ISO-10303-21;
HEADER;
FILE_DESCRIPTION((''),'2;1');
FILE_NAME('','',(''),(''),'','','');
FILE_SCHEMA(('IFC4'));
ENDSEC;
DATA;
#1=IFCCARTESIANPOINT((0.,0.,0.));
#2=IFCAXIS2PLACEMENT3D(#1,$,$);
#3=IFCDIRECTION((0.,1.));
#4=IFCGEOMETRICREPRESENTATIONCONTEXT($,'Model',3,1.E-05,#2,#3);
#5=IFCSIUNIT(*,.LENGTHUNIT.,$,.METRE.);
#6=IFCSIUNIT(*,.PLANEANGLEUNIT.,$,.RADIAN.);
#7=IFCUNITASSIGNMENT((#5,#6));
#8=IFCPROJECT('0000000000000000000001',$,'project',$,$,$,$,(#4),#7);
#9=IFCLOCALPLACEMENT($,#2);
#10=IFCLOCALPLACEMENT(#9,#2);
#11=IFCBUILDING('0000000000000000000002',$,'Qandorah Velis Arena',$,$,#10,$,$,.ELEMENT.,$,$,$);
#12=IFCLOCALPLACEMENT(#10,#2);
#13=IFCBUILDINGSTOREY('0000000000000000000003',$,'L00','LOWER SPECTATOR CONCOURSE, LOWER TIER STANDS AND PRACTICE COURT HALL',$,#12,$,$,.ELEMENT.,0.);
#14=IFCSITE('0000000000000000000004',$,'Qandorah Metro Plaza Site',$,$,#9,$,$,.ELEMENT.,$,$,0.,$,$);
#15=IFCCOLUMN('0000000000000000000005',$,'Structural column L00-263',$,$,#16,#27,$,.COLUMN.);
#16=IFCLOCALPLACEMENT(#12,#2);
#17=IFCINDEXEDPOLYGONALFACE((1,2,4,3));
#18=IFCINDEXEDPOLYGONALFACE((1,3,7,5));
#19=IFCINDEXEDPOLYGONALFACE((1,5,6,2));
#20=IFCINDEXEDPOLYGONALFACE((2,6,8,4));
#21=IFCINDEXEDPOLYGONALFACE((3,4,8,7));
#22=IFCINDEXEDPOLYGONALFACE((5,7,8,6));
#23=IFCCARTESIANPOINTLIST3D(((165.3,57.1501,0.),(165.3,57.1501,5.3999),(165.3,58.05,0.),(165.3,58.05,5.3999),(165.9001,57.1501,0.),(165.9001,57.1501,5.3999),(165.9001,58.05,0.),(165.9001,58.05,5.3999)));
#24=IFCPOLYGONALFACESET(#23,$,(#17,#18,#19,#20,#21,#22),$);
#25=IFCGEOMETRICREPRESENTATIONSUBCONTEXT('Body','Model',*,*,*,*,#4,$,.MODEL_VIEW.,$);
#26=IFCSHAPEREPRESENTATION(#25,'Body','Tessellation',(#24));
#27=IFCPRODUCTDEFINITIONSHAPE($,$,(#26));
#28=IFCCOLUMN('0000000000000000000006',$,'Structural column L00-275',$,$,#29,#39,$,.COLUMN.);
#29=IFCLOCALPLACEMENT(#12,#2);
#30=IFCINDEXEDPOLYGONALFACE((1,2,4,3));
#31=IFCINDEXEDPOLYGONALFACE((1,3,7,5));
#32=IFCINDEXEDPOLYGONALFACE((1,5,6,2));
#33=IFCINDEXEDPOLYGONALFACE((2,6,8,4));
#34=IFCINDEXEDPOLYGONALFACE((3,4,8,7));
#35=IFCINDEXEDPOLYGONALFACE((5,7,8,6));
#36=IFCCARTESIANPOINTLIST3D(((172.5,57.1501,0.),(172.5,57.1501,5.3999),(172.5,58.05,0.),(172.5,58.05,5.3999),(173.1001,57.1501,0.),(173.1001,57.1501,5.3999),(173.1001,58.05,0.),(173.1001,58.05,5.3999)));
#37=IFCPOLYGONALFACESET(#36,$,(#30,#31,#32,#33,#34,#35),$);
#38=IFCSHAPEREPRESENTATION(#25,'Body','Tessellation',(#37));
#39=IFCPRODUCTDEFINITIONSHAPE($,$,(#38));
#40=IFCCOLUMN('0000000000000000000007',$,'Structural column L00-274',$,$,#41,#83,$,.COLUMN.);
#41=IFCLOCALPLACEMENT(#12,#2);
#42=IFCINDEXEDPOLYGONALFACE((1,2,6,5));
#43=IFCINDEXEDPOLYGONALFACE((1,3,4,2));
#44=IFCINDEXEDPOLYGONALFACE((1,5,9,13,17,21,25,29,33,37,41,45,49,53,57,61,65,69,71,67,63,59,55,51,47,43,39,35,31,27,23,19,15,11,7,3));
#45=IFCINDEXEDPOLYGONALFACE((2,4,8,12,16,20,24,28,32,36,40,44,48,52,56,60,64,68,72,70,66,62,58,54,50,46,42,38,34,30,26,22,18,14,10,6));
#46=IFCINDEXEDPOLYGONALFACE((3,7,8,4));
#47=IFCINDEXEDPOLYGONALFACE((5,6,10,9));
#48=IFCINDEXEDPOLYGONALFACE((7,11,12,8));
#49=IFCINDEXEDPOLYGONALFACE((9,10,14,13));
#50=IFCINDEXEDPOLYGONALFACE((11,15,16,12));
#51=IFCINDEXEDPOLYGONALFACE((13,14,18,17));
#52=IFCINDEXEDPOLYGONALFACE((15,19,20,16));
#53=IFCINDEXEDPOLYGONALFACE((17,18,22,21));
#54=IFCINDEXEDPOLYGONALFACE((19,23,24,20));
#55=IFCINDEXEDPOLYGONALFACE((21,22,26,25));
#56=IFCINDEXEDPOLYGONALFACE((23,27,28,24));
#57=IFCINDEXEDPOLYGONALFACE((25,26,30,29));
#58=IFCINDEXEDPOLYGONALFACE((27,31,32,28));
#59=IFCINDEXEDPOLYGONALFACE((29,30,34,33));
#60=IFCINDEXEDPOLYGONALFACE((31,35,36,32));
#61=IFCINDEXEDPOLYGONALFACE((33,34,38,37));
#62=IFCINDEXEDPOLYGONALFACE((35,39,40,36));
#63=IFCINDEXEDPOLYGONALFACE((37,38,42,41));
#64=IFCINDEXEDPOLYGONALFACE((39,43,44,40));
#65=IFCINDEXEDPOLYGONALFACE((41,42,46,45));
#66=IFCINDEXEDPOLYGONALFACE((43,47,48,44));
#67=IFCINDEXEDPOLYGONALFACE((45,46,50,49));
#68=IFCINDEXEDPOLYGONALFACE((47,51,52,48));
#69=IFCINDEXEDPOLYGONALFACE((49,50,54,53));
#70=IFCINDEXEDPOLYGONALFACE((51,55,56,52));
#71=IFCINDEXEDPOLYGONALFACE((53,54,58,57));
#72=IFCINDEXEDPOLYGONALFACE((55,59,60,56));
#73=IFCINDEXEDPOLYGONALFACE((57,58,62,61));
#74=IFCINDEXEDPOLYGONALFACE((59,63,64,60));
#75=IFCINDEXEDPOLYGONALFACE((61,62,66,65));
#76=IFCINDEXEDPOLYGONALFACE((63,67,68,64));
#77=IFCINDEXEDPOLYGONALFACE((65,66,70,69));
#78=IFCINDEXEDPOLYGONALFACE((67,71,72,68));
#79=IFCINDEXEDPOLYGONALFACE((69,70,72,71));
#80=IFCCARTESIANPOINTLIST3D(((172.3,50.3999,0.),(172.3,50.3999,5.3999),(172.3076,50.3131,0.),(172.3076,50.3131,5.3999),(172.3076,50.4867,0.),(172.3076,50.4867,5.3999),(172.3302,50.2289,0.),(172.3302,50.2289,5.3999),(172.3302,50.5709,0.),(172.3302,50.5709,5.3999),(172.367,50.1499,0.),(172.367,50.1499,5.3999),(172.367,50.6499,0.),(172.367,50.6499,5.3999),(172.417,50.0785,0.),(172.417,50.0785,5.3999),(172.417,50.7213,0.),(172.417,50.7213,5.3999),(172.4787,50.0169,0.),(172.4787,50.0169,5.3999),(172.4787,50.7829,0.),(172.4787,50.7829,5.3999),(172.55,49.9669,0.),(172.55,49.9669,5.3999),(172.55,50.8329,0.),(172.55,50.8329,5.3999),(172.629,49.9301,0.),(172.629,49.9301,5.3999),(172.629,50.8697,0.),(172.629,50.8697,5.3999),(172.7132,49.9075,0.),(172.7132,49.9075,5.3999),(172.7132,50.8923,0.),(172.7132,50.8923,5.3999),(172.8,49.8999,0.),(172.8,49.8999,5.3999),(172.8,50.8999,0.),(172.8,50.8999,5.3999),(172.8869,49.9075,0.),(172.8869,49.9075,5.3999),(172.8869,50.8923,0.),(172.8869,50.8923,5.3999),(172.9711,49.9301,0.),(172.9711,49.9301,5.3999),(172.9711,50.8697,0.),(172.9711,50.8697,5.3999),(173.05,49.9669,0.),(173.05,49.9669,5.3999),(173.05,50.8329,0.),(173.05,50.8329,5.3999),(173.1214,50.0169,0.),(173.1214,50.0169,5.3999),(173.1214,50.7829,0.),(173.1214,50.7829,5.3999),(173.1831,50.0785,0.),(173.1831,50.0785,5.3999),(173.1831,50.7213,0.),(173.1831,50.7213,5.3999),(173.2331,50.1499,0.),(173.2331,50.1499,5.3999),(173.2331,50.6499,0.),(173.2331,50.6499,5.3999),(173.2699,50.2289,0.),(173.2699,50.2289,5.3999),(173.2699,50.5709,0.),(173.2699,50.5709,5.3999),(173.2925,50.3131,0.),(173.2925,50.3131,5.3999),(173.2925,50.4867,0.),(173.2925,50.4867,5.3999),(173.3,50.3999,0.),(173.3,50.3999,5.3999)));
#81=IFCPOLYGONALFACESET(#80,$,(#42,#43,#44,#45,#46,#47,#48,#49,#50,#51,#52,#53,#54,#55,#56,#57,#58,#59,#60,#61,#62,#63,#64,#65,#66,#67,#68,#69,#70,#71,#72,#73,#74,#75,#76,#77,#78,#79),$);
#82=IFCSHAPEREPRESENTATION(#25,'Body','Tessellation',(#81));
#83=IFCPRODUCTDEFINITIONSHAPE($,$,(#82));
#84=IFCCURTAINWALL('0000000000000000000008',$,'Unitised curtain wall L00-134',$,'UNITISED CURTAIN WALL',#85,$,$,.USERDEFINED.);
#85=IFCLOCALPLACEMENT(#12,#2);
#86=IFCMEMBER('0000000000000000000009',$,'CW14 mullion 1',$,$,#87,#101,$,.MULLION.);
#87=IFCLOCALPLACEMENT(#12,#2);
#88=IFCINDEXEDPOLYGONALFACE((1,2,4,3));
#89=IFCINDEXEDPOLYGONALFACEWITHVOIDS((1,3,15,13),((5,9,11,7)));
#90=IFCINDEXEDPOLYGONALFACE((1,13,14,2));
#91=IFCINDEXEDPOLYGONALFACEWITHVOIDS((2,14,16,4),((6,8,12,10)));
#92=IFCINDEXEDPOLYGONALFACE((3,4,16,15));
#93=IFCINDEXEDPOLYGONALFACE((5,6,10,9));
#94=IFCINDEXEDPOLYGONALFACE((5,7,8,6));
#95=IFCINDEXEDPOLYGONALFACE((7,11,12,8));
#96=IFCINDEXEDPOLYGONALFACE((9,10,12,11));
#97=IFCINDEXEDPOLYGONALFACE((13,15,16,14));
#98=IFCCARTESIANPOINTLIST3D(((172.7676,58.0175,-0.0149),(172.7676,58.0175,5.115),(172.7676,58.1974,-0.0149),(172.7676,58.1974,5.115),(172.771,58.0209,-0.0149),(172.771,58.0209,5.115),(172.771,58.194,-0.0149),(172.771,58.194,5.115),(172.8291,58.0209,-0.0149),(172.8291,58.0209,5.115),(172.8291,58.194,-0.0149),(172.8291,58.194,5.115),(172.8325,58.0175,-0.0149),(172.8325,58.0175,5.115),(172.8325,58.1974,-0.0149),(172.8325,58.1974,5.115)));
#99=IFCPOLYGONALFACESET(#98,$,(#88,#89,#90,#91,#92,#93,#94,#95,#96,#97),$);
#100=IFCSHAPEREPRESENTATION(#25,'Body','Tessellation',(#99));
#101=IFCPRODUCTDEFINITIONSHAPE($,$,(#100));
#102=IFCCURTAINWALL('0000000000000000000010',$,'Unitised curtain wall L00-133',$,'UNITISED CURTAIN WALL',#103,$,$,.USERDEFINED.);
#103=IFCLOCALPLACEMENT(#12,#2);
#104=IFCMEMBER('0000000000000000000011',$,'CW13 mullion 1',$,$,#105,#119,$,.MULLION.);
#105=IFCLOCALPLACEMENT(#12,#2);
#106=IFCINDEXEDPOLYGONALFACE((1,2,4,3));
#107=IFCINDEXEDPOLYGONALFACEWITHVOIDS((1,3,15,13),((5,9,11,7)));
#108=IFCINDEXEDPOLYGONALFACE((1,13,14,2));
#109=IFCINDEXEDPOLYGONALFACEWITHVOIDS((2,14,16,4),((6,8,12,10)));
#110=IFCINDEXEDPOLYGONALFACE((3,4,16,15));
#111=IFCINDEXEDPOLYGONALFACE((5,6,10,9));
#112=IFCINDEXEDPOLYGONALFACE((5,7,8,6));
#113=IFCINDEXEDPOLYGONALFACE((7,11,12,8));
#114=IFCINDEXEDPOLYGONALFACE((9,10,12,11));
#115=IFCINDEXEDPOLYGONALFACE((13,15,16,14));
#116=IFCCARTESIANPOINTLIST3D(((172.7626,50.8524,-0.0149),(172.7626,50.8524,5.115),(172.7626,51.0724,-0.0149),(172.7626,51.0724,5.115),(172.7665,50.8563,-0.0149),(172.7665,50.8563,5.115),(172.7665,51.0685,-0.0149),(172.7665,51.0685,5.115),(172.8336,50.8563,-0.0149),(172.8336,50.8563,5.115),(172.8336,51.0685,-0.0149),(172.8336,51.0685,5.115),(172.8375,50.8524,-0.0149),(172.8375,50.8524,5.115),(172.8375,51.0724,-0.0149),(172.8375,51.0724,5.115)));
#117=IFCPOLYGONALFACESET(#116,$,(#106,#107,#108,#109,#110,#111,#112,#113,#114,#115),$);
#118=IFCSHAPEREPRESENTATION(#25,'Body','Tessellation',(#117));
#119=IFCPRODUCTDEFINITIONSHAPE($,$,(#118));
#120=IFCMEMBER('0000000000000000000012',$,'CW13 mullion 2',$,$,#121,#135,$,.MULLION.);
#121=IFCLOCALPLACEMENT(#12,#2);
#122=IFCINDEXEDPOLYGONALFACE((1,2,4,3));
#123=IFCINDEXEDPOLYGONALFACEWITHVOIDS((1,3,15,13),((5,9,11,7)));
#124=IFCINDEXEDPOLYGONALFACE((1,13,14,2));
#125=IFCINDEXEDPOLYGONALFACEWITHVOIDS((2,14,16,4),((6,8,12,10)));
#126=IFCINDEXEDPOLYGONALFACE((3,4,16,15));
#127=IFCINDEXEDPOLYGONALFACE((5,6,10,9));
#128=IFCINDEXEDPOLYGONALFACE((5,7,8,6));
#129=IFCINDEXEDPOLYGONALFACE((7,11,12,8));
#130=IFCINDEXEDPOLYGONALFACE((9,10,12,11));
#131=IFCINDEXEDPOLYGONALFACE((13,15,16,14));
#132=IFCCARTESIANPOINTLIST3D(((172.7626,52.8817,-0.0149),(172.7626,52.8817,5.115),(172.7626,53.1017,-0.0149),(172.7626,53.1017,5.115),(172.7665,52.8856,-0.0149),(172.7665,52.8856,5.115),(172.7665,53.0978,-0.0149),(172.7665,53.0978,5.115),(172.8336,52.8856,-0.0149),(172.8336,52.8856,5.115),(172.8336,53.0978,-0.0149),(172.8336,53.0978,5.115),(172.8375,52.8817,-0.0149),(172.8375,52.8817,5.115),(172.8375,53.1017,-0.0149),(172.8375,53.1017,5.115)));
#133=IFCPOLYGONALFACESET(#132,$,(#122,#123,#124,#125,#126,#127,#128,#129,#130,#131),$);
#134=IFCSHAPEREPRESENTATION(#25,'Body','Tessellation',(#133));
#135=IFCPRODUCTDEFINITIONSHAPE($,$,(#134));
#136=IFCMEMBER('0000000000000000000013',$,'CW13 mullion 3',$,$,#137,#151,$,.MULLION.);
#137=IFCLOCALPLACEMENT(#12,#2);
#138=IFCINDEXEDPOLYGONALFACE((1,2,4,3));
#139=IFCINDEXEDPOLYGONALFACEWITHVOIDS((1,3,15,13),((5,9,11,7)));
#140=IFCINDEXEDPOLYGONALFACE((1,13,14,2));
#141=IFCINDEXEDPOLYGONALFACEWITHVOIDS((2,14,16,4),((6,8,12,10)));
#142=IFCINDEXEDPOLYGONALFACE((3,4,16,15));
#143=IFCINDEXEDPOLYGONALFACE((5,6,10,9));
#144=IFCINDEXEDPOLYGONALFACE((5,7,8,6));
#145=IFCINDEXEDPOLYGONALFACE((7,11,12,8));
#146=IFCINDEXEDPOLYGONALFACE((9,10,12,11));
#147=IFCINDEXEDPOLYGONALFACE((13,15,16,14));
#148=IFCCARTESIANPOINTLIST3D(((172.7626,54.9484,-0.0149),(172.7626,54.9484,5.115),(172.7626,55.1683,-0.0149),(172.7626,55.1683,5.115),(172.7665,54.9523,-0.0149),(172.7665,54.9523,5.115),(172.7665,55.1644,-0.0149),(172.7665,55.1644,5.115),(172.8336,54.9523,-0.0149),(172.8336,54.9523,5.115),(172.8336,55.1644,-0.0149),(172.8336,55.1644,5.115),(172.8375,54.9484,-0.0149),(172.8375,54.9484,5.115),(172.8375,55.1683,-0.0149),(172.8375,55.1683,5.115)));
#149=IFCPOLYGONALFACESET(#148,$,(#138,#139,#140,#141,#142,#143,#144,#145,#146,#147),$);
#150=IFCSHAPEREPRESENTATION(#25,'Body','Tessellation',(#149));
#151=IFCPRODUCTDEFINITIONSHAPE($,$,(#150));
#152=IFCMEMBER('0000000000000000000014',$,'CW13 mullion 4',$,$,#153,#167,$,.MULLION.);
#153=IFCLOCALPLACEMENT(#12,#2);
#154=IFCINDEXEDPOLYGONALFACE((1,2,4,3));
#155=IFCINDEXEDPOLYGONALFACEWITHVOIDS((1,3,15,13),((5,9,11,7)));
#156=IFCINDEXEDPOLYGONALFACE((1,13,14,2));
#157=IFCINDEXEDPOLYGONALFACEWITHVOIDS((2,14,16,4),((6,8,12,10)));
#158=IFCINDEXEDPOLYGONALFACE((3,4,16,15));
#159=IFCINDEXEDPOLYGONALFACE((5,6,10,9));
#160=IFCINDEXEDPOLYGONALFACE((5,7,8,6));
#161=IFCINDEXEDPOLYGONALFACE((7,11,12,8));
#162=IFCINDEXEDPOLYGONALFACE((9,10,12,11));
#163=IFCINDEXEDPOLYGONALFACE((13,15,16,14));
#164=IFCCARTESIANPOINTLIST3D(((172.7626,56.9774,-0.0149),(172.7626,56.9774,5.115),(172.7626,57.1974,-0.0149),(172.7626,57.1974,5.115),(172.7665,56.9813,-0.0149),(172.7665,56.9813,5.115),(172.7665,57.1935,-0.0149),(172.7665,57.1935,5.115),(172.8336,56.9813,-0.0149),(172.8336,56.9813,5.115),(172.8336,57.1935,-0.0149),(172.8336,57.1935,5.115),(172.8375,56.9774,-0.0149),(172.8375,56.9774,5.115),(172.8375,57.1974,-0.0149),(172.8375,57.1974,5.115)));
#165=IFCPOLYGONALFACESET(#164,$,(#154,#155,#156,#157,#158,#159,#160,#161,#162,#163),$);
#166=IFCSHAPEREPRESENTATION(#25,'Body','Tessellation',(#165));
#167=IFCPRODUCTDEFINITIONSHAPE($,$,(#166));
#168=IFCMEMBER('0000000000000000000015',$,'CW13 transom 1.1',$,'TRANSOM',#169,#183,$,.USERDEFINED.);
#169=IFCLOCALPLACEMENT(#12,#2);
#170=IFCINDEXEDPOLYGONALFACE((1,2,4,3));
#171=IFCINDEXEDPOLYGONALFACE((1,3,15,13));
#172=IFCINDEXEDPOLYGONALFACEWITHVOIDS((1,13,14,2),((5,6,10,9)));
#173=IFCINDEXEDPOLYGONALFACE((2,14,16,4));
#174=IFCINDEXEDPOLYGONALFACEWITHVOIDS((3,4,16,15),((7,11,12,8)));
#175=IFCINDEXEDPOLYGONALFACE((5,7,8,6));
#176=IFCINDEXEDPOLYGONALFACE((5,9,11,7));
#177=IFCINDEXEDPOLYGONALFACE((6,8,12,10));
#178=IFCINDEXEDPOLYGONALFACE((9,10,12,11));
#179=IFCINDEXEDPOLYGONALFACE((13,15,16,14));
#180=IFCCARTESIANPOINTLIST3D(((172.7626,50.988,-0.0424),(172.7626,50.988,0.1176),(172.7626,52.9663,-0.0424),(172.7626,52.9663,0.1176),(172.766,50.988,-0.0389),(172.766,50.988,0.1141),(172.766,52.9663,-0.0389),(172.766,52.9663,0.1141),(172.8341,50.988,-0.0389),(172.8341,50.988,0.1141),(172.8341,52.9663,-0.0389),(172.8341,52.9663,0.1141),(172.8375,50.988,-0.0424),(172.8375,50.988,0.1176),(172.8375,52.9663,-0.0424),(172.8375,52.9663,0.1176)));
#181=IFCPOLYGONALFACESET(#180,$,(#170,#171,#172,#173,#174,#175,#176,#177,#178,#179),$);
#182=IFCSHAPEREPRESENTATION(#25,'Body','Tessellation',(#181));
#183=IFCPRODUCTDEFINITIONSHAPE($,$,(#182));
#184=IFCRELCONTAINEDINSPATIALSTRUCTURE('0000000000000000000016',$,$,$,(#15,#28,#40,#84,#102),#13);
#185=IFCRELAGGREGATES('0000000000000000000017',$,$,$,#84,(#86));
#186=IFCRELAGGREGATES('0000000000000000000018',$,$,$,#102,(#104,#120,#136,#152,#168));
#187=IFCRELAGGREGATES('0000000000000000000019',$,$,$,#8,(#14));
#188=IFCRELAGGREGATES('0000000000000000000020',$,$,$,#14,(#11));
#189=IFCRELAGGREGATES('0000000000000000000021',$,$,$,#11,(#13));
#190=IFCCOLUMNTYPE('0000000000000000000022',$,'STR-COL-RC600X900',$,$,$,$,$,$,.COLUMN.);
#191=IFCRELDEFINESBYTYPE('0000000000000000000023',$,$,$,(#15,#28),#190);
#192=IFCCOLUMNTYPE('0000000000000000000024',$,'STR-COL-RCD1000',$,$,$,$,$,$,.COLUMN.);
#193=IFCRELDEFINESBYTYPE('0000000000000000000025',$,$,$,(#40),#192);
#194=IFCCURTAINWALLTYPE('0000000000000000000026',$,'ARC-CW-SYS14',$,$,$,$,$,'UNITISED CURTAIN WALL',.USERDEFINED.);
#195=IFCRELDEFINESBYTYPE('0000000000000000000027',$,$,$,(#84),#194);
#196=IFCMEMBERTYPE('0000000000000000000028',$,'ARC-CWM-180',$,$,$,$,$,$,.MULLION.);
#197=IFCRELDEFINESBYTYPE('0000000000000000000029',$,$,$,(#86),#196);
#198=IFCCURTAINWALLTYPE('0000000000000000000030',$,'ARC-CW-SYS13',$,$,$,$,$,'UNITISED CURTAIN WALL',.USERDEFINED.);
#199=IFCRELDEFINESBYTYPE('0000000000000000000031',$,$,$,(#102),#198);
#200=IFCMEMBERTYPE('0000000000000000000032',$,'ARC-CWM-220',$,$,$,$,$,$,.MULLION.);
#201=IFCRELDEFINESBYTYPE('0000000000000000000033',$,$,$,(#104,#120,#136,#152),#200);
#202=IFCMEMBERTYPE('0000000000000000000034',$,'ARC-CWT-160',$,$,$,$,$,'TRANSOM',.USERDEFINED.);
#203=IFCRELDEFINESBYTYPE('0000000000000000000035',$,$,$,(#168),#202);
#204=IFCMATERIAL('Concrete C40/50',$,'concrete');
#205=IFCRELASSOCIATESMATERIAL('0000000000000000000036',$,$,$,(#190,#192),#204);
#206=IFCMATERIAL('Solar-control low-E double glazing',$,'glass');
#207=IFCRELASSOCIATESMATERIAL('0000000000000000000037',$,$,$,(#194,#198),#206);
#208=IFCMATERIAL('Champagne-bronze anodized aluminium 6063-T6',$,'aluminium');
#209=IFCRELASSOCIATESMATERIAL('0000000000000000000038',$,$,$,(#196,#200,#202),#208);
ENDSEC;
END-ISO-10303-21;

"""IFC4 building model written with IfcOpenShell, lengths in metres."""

from ifc_helpers import new_model, si_unit, direction, frame, origin, origin_2d, place, context, subcontext, project, spatial, rectangle, hollow_rectangle, circle, extrude, material, material_profile, profile_set, type_object, element, aggregate, save


model = new_model("IFC4")

# Units and contexts
model_context = context("Model", 3, precision=1e-05, world=origin(), true_north=direction((0.0, 1.0)))
body_context = subcontext(model_context, "Body", "Model", "MODEL_VIEW")
ifc_project = project(units=[si_unit("LENGTHUNIT", "METRE"), si_unit("PLANEANGLEUNIT", "RADIAN")], contexts=[model_context])

# Site, building, storey
site_placement = place(None, origin())
site = spatial("IfcSite", under=ifc_project, at=site_placement, Name="Qandorah Metro Plaza Site", CompositionType="ELEMENT", RefElevation=0.0)
building_placement = place(site_placement, origin())
building = spatial("IfcBuilding", under=site, at=building_placement, Name="Qandorah Velis Arena", CompositionType="ELEMENT")
storey_placement = place(building_placement, origin())
storey = spatial("IfcBuildingStorey", under=building, at=storey_placement, Name="L00", Description="LOWER SPECTATOR CONCOURSE, LOWER TIER STANDS AND PRACTICE COURT HALL", CompositionType="ELEMENT", Elevation=0.0)

# Columns
ifc_material_1 = material(Name="Concrete C40/50", Category="concrete")
ifc_material_profile_1 = material_profile(ifc_material_1, rectangle(XDim=0.6001, YDim=0.8999, at=origin_2d()), Name="RC COL 600x900")
ifc_profile_set_1 = profile_set([ifc_material_profile_1], Name="Concrete C40/50")
column_type_1 = type_object("IfcColumnType", Name="STR-COL-RC600X900", PredefinedType="COLUMN", material=ifc_profile_set_1)
for number, where, z_axis, x_axis, name in (
    (1, (165.6001, 57.6001, 0.0), (0.0, 0.0, 1.0), (1.0, 0.0, 0.0), "Structural column L00-263"),
    (2, (172.8, 57.6001, 0.0), (0.0, 0.0, 1.0), (1.0, 0.0, 0.0), "Structural column L00-275"),
):
    element("IfcColumn", number, at=place(storey_placement, frame(where, z_axis=z_axis, x_axis=x_axis)), inside=storey, type_object=column_type_1, Name=name, PredefinedType="COLUMN", context=body_context, shape_type="SweptSolid", body=[
        extrude(rectangle(XDim=0.6001, YDim=0.8999, at=origin_2d()), origin(), (0.0, 0.0, 1.0), 5.3999),
    ])
ifc_material_profile_2 = material_profile(ifc_material_1, circle(Radius=0.5, at=origin_2d()), Name="RC D1000")
ifc_profile_set_2 = profile_set([ifc_material_profile_2], Name="Concrete C40/50")
column_type_2 = type_object("IfcColumnType", Name="STR-COL-RCD1000", PredefinedType="COLUMN", material=ifc_profile_set_2)
column_placement = place(storey_placement, frame((172.8, 50.3999, 0.0), z_axis=(0.0, 0.0, 1.0), x_axis=(1.0, 0.0, 0.0)))
element("IfcColumn", 3, at=column_placement, inside=storey, type_object=column_type_2, Name="Structural column L00-274", PredefinedType="COLUMN", context=body_context, shape_type="SweptSolid", body=[
    extrude(circle(Radius=0.5, at=origin_2d()), origin(), (0.0, 0.0, 1.0), 5.3999),
])

# Curtain wall, member
ifc_material_2 = material(Name="Solar-control low-E double glazing", Category="glass")
curtain_wall_type_1 = type_object("IfcCurtainWallType", Name="ARC-CW-SYS14", ElementType="UNITISED CURTAIN WALL", PredefinedType="USERDEFINED", material=ifc_material_2)
curtain_wall_1_placement = place(storey_placement, origin())
curtain_wall_1 = element("IfcCurtainWall", 4, at=curtain_wall_1_placement, inside=storey, type_object=curtain_wall_type_1, Name="Unitised curtain wall L00-134", ObjectType="UNITISED CURTAIN WALL", PredefinedType="USERDEFINED")
ifc_material_3 = material(Name="Champagne-bronze anodized aluminium 6063-T6", Category="aluminium")
ifc_material_profile_3 = material_profile(ifc_material_3, hollow_rectangle(XDim=0.0649, YDim=0.1799, WallThickness=0.0034, at=origin_2d()), Name="ALU MULLION 65x180")
ifc_profile_set_3 = profile_set([ifc_material_profile_3], Name="Champagne-bronze anodized aluminium 6063-T6")
member_type_1 = type_object("IfcMemberType", Name="ARC-CWM-180", PredefinedType="MULLION", material=ifc_profile_set_3)
member_1_placement = place(storey_placement, frame((172.8, 58.1074, -0.0149), z_axis=(0.0, 0.0, 1.0), x_axis=(-1.0, 0.0, 0.0)))
member_1 = element("IfcMember", 5, at=member_1_placement, type_object=member_type_1, Name="CW14 mullion 1", PredefinedType="MULLION", context=body_context, shape_type="SweptSolid", body=[
    extrude(hollow_rectangle(XDim=0.0649, YDim=0.1799, WallThickness=0.0034, at=origin_2d()), origin(), (0.0, 0.0, 1.0), 5.1299),
])
aggregate(curtain_wall_1, [member_1])

# Curtain wall, members
curtain_wall_type_2 = type_object("IfcCurtainWallType", Name="ARC-CW-SYS13", ElementType="UNITISED CURTAIN WALL", PredefinedType="USERDEFINED", material=ifc_material_2)
curtain_wall_2_placement = place(storey_placement, origin())
curtain_wall_2 = element("IfcCurtainWall", 6, at=curtain_wall_2_placement, inside=storey, type_object=curtain_wall_type_2, Name="Unitised curtain wall L00-133", ObjectType="UNITISED CURTAIN WALL", PredefinedType="USERDEFINED")
ifc_material_profile_4 = material_profile(ifc_material_3, hollow_rectangle(XDim=0.075, YDim=0.22, WallThickness=0.0039, at=origin_2d()), Name="ALU MULLION 75x220")
ifc_profile_set_4 = profile_set([ifc_material_profile_4], Name="Champagne-bronze anodized aluminium 6063-T6")
member_type_2 = type_object("IfcMemberType", Name="ARC-CWM-220", PredefinedType="MULLION", material=ifc_profile_set_4)
member_2_placement = place(storey_placement, frame((172.8, 50.9624, -0.0149), z_axis=(0.0, 0.0, 1.0), x_axis=(-1.0, 0.0, 0.0)))
member_2 = element("IfcMember", 7, at=member_2_placement, type_object=member_type_2, Name="CW13 mullion 1", PredefinedType="MULLION", context=body_context, shape_type="SweptSolid", body=[
    extrude(hollow_rectangle(XDim=0.075, YDim=0.22, WallThickness=0.0039, at=origin_2d()), origin(), (0.0, 0.0, 1.0), 5.1299),
])
member_3_placement = place(storey_placement, frame((172.8, 52.9917, -0.0149), z_axis=(0.0, 0.0, 1.0), x_axis=(-1.0, 0.0, 0.0)))
member_3 = element("IfcMember", 8, at=member_3_placement, type_object=member_type_2, Name="CW13 mullion 2", PredefinedType="MULLION", context=body_context, shape_type="SweptSolid", body=[
    extrude(hollow_rectangle(XDim=0.075, YDim=0.22, WallThickness=0.0039, at=origin_2d()), origin(), (0.0, 0.0, 1.0), 5.1299),
])
member_4_placement = place(storey_placement, frame((172.8, 55.0583, -0.0149), z_axis=(0.0, 0.0, 1.0), x_axis=(-1.0, 0.0, 0.0)))
member_4 = element("IfcMember", 9, at=member_4_placement, type_object=member_type_2, Name="CW13 mullion 3", PredefinedType="MULLION", context=body_context, shape_type="SweptSolid", body=[
    extrude(hollow_rectangle(XDim=0.075, YDim=0.22, WallThickness=0.0039, at=origin_2d()), origin(), (0.0, 0.0, 1.0), 5.1299),
])
member_5_placement = place(storey_placement, frame((172.8, 57.0874, -0.0149), z_axis=(0.0, 0.0, 1.0), x_axis=(-1.0, 0.0, 0.0)))
member_5 = element("IfcMember", 10, at=member_5_placement, type_object=member_type_2, Name="CW13 mullion 4", PredefinedType="MULLION", context=body_context, shape_type="SweptSolid", body=[
    extrude(hollow_rectangle(XDim=0.075, YDim=0.22, WallThickness=0.0039, at=origin_2d()), origin(), (0.0, 0.0, 1.0), 5.1299),
])
ifc_material_profile_5 = material_profile(ifc_material_3, hollow_rectangle(XDim=0.075, YDim=0.1599, WallThickness=0.0034, at=origin_2d()), Name="ALU TRANSOM 75x160")
ifc_profile_set_5 = profile_set([ifc_material_profile_5], Name="Champagne-bronze anodized aluminium 6063-T6")
member_type_3 = type_object("IfcMemberType", Name="ARC-CWT-160", ElementType="TRANSOM", PredefinedType="USERDEFINED", material=ifc_profile_set_5)
member_6_placement = place(storey_placement, frame((172.8, 50.988, 0.0376), z_axis=(0.0, 1.0, 0.0), x_axis=(-1.0, 0.0, 0.0)))
member_6 = element("IfcMember", 11, at=member_6_placement, type_object=member_type_3, Name="CW13 transom 1.1", ObjectType="TRANSOM", PredefinedType="USERDEFINED", context=body_context, shape_type="SweptSolid", body=[
    extrude(hollow_rectangle(XDim=0.075, YDim=0.1599, WallThickness=0.0034, at=origin_2d()), origin(), (0.0, 0.0, 1.0), 1.9783),
])

aggregate(curtain_wall_2, [member_2, member_3, member_4, member_5, member_6])

save(model, "model.ifc")
